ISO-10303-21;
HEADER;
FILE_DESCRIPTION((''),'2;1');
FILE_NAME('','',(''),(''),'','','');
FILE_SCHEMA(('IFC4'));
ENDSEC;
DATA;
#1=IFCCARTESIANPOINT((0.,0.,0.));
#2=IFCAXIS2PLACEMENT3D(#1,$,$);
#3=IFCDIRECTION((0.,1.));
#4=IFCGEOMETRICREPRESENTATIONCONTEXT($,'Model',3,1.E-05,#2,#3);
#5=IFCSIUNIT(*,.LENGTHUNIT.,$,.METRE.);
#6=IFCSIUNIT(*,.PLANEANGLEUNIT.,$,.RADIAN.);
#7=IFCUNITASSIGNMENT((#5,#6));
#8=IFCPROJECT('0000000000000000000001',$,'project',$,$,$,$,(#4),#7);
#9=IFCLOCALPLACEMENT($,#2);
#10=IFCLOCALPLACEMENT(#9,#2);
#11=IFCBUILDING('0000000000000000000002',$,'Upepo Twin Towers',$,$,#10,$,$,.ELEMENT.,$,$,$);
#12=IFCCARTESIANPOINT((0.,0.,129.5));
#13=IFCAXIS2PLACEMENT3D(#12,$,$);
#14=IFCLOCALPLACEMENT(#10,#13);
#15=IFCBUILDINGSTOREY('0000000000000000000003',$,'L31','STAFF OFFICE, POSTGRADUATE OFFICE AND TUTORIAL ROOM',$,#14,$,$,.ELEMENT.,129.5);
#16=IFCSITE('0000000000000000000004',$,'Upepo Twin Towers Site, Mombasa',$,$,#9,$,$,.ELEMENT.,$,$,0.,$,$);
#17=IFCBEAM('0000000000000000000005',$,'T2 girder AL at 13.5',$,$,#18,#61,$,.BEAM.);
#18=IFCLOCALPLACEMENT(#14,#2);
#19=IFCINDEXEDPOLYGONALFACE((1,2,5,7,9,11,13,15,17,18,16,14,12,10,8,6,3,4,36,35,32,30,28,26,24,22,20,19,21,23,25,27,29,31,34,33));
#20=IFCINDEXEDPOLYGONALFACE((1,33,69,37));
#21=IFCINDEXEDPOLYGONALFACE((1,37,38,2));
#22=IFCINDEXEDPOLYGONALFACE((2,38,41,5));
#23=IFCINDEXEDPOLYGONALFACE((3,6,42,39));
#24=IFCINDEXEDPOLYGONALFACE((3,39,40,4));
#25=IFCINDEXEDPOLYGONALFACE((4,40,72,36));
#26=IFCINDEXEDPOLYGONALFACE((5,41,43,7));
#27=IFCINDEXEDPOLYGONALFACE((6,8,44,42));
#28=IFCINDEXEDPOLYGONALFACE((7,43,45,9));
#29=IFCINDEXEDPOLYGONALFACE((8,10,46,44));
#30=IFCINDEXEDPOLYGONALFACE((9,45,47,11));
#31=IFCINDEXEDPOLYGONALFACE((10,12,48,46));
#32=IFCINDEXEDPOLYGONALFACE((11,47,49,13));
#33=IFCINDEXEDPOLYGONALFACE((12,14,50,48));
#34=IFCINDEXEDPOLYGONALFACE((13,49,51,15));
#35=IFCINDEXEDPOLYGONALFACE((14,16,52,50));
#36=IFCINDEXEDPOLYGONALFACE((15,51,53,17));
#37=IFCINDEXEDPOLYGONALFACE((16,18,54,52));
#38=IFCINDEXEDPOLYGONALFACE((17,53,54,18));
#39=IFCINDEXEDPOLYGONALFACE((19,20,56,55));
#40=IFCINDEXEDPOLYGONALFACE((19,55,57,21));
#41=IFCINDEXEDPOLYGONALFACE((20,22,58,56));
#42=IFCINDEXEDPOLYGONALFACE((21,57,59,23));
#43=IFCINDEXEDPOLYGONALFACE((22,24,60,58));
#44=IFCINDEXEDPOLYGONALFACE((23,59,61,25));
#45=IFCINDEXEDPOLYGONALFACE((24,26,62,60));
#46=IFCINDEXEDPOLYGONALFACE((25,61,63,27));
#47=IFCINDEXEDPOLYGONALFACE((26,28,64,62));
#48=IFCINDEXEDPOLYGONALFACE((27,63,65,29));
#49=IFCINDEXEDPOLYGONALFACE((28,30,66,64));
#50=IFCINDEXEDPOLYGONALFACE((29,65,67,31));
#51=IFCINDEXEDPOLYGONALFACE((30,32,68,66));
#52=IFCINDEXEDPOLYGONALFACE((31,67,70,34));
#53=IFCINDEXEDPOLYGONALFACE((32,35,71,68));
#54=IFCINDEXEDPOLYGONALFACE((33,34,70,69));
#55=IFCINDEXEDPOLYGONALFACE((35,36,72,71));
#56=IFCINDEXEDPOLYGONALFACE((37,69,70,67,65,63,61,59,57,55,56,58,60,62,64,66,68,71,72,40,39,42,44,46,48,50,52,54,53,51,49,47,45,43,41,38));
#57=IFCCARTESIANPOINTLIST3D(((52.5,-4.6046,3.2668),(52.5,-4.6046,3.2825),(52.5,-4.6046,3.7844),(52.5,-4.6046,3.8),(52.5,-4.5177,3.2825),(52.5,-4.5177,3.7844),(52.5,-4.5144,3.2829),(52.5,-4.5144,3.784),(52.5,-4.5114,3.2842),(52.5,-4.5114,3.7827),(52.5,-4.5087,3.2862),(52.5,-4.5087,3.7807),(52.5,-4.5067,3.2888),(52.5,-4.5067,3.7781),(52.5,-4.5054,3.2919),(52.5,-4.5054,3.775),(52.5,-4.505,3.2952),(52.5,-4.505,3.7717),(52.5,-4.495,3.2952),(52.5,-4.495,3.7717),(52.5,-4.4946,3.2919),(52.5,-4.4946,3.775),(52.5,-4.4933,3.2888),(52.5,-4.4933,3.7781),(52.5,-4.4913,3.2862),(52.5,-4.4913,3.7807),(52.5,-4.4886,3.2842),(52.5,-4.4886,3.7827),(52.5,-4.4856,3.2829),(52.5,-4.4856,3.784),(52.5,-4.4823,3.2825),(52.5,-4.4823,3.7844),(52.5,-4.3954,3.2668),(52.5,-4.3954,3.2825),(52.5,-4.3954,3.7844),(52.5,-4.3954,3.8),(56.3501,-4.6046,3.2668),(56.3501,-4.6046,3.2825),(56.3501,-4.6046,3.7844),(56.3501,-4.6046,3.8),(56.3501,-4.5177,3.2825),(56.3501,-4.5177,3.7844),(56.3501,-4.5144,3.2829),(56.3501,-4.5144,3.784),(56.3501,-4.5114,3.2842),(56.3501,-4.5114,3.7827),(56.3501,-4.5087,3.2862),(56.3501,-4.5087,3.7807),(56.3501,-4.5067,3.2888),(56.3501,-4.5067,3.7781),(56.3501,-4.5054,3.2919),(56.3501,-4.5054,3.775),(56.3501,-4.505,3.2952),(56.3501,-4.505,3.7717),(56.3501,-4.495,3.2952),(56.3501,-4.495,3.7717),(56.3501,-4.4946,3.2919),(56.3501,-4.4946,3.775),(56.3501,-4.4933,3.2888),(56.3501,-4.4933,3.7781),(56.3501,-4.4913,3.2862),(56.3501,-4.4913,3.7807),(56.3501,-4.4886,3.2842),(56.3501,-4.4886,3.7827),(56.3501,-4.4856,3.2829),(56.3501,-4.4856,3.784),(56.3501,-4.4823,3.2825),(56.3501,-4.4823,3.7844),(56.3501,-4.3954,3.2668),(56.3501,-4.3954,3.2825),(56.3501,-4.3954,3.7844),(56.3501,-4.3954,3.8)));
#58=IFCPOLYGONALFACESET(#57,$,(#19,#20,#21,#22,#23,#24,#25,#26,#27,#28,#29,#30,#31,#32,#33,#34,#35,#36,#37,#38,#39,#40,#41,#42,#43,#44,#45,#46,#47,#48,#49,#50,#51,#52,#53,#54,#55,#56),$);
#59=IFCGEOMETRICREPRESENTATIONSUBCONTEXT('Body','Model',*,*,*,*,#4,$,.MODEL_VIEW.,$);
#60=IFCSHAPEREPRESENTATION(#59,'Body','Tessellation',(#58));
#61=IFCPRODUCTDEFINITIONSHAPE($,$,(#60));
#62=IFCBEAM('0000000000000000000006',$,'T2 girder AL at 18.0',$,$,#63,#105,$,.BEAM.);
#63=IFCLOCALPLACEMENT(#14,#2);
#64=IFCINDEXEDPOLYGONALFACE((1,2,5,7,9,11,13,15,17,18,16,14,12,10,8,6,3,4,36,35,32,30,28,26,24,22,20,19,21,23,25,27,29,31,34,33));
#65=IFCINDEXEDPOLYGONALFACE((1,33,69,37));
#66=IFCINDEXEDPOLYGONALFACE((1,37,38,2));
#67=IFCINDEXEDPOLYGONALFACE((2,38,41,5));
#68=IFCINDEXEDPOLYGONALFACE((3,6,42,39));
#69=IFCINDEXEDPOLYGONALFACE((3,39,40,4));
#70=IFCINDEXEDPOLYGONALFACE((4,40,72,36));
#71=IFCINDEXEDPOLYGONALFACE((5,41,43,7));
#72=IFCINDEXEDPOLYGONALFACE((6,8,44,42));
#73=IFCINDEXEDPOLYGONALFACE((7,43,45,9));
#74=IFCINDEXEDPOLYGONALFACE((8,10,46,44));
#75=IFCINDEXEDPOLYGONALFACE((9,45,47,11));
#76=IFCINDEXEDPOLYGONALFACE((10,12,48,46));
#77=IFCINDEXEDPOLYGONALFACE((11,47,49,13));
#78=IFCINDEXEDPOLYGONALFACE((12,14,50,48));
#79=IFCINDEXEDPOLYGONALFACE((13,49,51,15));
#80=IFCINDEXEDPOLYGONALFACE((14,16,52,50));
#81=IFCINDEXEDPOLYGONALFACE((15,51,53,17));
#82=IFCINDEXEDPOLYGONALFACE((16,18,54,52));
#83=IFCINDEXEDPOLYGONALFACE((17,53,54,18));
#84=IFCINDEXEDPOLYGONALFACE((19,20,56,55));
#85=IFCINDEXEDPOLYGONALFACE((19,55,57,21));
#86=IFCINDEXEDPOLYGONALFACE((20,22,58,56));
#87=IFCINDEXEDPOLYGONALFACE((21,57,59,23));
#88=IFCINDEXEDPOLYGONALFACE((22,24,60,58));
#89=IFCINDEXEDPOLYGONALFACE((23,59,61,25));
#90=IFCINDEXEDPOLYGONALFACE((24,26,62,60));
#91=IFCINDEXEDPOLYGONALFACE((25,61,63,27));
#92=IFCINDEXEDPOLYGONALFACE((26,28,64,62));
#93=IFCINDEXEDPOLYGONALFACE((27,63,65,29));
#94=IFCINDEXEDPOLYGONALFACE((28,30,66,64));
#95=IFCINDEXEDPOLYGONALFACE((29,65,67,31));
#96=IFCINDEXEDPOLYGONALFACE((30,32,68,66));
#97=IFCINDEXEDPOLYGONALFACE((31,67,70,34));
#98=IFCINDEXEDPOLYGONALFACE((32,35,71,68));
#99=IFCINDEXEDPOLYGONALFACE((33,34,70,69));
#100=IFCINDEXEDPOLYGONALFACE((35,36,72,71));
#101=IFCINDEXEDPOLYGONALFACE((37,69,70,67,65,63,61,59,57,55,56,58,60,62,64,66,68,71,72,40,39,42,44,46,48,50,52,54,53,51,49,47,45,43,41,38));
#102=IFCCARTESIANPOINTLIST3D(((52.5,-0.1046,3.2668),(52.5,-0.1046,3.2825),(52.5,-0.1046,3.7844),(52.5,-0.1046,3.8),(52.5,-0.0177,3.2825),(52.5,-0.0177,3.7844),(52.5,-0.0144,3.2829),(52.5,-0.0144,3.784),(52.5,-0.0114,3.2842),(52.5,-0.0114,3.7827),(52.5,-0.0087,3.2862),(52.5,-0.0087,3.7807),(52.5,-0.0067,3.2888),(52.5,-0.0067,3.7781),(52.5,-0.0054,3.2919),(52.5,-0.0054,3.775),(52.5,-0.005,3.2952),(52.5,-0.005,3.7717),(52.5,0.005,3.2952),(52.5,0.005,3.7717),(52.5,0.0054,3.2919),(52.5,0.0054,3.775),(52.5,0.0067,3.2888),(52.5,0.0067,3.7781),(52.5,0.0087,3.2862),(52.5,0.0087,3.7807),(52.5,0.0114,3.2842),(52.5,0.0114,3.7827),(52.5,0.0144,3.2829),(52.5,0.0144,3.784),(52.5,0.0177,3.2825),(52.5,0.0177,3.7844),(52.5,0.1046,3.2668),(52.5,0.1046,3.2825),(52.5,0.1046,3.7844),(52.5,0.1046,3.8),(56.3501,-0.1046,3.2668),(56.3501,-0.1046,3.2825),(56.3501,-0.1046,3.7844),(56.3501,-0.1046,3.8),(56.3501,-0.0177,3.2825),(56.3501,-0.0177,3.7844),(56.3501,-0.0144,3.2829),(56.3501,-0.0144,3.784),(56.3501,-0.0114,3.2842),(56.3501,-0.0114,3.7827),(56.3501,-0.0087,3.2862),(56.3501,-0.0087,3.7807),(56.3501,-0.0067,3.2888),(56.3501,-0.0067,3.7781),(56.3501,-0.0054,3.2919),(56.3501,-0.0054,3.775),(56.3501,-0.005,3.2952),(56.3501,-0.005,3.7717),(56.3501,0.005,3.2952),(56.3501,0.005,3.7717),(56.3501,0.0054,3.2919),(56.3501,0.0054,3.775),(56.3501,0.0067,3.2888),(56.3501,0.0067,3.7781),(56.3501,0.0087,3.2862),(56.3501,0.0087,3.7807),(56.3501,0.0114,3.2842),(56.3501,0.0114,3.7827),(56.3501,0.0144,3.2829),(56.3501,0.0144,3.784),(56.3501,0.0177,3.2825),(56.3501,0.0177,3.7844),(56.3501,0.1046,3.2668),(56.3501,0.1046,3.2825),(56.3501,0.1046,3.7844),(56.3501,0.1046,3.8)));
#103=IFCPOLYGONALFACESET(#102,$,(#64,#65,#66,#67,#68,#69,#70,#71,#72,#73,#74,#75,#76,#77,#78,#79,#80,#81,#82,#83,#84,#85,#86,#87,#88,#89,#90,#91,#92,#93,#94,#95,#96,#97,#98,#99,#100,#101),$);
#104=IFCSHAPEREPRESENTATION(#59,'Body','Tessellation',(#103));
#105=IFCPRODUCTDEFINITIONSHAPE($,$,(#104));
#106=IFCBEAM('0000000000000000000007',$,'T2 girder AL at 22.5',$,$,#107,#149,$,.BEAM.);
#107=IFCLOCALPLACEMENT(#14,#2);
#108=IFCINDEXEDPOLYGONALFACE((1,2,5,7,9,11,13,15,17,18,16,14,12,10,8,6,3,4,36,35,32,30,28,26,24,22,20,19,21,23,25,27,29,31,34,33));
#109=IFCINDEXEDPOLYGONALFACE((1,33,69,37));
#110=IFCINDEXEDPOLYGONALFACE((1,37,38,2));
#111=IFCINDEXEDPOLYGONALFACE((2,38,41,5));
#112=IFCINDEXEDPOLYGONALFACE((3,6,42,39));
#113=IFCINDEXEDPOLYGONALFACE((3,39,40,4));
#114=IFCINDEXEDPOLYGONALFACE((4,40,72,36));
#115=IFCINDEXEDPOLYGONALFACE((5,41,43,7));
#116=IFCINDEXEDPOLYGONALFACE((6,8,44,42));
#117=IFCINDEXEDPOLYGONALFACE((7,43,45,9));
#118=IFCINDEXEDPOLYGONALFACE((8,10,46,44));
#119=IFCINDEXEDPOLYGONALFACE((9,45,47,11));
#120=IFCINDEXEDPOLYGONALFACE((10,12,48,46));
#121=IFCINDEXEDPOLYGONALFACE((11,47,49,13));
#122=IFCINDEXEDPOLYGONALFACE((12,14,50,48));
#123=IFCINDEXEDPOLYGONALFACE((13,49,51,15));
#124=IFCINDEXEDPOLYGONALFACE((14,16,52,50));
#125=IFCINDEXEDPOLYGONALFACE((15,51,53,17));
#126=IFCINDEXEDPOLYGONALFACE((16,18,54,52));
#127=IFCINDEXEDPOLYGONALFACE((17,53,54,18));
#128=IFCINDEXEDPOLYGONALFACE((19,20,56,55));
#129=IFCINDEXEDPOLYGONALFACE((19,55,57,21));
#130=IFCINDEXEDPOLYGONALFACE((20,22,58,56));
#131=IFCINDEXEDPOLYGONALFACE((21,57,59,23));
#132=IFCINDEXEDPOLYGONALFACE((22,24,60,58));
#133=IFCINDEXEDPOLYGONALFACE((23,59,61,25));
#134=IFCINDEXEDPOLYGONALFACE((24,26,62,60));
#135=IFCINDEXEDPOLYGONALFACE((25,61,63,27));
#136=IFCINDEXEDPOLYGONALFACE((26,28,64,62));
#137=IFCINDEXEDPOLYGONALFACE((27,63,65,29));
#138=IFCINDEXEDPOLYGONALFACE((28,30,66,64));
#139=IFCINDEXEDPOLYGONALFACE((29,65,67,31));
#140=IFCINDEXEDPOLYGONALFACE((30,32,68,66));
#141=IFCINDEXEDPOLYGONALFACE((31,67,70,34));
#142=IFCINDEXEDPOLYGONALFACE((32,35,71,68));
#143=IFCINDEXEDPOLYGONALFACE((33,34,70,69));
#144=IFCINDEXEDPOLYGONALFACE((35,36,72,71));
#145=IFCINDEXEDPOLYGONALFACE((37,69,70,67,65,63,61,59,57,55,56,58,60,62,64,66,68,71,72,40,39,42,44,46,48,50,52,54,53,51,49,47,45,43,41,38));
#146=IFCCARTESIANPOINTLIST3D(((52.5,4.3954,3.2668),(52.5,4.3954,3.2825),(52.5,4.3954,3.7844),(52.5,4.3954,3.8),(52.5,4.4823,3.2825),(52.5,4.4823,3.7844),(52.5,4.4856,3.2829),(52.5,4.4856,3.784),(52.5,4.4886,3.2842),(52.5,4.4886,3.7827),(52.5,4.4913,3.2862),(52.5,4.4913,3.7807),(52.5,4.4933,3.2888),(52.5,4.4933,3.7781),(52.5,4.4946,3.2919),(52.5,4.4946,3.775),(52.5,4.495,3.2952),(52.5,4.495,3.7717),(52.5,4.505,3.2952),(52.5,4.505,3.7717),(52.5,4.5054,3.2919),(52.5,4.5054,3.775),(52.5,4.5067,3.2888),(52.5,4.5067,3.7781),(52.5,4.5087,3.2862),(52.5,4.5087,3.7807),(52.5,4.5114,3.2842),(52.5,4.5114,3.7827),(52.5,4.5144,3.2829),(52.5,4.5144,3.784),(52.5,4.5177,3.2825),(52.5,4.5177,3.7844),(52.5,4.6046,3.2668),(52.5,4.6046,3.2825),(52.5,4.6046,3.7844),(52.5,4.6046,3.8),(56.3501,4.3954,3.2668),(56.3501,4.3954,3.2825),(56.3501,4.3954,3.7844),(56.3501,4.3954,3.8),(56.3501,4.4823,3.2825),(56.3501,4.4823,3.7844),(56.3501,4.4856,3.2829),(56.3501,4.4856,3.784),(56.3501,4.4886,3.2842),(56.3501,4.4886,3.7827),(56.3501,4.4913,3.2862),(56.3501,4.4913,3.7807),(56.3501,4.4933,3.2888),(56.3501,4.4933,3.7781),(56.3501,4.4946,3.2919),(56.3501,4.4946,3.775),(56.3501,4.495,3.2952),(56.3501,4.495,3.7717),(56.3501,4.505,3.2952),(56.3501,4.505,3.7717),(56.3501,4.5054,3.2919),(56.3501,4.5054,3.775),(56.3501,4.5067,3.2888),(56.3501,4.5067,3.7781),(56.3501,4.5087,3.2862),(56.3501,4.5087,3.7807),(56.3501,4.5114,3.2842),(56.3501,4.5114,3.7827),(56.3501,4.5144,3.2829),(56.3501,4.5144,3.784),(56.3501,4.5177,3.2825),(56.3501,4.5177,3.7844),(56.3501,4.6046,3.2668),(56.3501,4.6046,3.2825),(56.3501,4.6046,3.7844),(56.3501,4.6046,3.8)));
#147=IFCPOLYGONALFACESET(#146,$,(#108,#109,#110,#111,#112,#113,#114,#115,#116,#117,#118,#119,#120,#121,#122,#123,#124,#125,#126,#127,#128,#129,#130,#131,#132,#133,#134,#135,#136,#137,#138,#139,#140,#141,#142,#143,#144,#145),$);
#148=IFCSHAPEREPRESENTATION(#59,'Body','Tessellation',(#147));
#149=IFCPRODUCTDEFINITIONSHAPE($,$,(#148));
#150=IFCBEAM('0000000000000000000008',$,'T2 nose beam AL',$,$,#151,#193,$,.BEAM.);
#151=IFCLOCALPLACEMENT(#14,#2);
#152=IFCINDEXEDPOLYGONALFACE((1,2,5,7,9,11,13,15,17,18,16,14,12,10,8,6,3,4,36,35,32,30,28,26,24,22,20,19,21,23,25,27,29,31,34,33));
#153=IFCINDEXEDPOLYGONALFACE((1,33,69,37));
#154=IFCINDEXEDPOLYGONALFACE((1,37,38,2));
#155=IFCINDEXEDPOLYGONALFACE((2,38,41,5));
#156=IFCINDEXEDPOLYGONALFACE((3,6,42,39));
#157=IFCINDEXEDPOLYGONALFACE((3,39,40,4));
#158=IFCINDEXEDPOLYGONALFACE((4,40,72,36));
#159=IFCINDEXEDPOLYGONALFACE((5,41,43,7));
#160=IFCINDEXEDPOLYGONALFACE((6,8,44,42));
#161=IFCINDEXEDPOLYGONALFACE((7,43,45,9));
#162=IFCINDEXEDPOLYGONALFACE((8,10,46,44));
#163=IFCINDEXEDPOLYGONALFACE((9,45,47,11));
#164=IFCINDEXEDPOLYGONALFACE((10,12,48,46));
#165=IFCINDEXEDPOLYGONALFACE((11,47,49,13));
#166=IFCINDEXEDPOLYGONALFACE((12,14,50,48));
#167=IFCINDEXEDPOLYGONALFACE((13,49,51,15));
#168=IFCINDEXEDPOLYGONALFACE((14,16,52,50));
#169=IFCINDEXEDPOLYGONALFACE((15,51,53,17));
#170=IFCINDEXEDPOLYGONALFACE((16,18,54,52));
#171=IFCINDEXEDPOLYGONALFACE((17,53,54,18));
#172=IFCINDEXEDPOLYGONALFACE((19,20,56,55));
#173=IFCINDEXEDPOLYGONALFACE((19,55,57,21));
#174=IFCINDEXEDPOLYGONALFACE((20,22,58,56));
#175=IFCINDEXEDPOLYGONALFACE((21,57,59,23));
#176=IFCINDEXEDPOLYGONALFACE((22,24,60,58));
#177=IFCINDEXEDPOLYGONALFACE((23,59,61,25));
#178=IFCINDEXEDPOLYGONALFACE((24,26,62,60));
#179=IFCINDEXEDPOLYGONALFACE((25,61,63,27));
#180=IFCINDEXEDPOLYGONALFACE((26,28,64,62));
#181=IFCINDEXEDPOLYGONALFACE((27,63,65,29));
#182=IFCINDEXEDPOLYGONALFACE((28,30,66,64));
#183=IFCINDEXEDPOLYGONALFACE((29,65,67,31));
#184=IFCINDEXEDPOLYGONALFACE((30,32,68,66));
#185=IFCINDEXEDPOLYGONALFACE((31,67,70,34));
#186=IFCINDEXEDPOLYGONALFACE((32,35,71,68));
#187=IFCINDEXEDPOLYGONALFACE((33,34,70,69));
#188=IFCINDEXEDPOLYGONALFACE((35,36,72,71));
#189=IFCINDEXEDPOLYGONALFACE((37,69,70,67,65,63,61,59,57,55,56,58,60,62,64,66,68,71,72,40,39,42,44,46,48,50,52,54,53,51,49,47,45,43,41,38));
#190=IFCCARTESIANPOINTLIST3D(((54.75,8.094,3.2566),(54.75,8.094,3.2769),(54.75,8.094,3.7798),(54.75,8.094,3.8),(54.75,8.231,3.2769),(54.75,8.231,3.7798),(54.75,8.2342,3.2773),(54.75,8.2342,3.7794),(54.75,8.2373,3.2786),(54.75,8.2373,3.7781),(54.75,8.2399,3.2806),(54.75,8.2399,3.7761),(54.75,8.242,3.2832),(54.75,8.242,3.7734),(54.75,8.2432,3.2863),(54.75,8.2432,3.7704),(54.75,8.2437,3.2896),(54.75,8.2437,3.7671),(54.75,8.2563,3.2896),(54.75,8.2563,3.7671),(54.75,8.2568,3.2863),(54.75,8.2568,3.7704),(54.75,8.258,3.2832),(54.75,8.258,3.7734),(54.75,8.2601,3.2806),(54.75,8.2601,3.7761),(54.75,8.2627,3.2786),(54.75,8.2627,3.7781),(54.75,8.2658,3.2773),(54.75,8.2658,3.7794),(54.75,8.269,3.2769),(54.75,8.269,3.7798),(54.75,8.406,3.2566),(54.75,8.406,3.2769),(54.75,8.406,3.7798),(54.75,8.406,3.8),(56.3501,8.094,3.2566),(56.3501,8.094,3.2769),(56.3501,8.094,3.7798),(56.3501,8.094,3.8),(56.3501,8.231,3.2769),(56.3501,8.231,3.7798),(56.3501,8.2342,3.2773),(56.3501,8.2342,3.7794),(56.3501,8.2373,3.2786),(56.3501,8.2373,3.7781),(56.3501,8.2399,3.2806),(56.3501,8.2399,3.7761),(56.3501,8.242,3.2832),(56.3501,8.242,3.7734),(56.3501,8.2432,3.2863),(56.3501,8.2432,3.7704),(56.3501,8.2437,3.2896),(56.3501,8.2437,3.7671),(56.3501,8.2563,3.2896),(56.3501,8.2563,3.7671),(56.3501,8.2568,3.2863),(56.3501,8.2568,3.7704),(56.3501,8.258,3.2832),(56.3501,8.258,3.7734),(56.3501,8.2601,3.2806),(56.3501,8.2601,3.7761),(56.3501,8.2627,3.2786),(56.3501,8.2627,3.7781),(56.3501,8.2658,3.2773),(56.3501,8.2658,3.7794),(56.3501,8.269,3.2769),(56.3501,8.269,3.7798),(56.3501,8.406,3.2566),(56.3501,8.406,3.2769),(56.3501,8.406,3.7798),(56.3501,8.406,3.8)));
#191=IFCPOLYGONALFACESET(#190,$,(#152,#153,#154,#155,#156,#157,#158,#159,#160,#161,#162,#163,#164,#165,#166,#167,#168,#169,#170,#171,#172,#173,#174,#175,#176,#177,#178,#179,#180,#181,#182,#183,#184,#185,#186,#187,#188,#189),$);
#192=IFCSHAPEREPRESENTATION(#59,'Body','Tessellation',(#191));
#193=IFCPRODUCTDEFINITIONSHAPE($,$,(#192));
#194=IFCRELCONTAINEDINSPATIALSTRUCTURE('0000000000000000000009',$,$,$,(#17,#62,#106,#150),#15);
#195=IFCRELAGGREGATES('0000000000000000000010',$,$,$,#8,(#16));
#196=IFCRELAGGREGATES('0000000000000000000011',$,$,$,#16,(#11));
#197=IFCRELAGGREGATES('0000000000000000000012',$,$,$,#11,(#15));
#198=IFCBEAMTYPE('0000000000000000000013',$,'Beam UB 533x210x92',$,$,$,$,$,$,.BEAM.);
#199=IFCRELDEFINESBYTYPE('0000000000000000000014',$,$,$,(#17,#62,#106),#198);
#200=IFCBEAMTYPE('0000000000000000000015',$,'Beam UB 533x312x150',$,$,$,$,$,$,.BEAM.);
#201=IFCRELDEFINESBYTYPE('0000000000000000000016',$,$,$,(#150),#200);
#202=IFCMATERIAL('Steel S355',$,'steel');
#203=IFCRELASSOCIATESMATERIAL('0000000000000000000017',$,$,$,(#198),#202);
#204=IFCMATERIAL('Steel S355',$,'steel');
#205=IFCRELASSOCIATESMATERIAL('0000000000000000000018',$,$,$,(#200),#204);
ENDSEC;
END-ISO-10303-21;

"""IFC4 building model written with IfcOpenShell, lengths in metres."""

from ifc_helpers import new_model, si_unit, direction, frame, origin, origin_2d, place, context, subcontext, project, spatial, i_section, extrude, material, material_profile, profile_set, type_object, element, save


model = new_model("IFC4")

# Units and contexts
model_context = context("Model", 3, precision=1e-05, world=origin(), true_north=direction((0.0, 1.0)))
body_context = subcontext(model_context, "Body", "Model", "MODEL_VIEW")
ifc_project = project(units=[si_unit("LENGTHUNIT", "METRE"), si_unit("PLANEANGLEUNIT", "RADIAN")], contexts=[model_context])

# Site, building, storey
site_placement = place(None, origin())
site = spatial("IfcSite", under=ifc_project, at=site_placement, Name="Upepo Twin Towers Site, Mombasa", CompositionType="ELEMENT", RefElevation=0.0)
building_placement = place(site_placement, origin())
building = spatial("IfcBuilding", under=site, at=building_placement, Name="Upepo Twin Towers", CompositionType="ELEMENT")
storey_placement = place(building_placement, frame((0.0, 0.0, 129.5)))
storey = spatial("IfcBuildingStorey", under=building, at=storey_placement, Name="L31", Description="STAFF OFFICE, POSTGRADUATE OFFICE AND TUTORIAL ROOM", CompositionType="ELEMENT", Elevation=129.5)

# Beams
ifc_material_1 = material(Name="Steel S355", Category="steel")
ifc_material_profile_1 = material_profile(ifc_material_1, i_section(OverallWidth=0.2092, OverallDepth=0.5332, WebThickness=0.01, FlangeThickness=0.0156, FilletRadius=0.0127, at=origin_2d()), Name="UB 533x210x92")
ifc_profile_set_1 = profile_set([ifc_material_profile_1], Name="Steel S355")
beam_type_1 = type_object("IfcBeamType", Name="Beam UB 533x210x92", PredefinedType="BEAM", material=ifc_profile_set_1)
for number, where, z_axis, x_axis, name in (
    (1, (52.5, -4.5, 3.5334), (1.0, 0.0, 0.0), (0.0, 1.0, 0.0), "T2 girder AL at 13.5"),
    (2, (52.5, 0.0, 3.5334), (1.0, 0.0, 0.0), (0.0, 1.0, 0.0), "T2 girder AL at 18.0"),
    (3, (52.5, 4.5, 3.5334), (1.0, 0.0, 0.0), (0.0, 1.0, 0.0), "T2 girder AL at 22.5"),
):
    element("IfcBeam", number, at=place(storey_placement, frame(where, z_axis=z_axis, x_axis=x_axis)), inside=storey, type_object=beam_type_1, Name=name, PredefinedType="BEAM", context=body_context, shape_type="SweptSolid", body=[
        extrude(i_section(OverallWidth=0.2092, OverallDepth=0.5332, WebThickness=0.01, FlangeThickness=0.0156, FilletRadius=0.0127, at=origin_2d()), origin(), (0.0, 0.0, 1.0), 3.8501),
    ])
ifc_material_2 = material(Name="Steel S355", Category="steel")
ifc_material_profile_2 = material_profile(ifc_material_2, i_section(OverallWidth=0.312, OverallDepth=0.5435, WebThickness=0.0127, FlangeThickness=0.0203, FilletRadius=0.0127, at=origin_2d()), Name="UB 533x312x150")
ifc_profile_set_2 = profile_set([ifc_material_profile_2], Name="Steel S355")
beam_type_2 = type_object("IfcBeamType", Name="Beam UB 533x312x150", PredefinedType="BEAM", material=ifc_profile_set_2)
beam_1_placement = place(storey_placement, frame((54.75, 8.25, 3.5283), z_axis=(1.0, 0.0, 0.0), x_axis=(0.0, 1.0, 0.0)))
element("IfcBeam", 4, at=beam_1_placement, inside=storey, type_object=beam_type_2, Name="T2 nose beam AL", PredefinedType="BEAM", context=body_context, shape_type="SweptSolid", body=[
    extrude(i_section(OverallWidth=0.312, OverallDepth=0.5435, WebThickness=0.0127, FlangeThickness=0.0203, FilletRadius=0.0127, at=origin_2d()), origin(), (0.0, 0.0, 1.0), 1.6001),
])

save(model, "model.ifc")
